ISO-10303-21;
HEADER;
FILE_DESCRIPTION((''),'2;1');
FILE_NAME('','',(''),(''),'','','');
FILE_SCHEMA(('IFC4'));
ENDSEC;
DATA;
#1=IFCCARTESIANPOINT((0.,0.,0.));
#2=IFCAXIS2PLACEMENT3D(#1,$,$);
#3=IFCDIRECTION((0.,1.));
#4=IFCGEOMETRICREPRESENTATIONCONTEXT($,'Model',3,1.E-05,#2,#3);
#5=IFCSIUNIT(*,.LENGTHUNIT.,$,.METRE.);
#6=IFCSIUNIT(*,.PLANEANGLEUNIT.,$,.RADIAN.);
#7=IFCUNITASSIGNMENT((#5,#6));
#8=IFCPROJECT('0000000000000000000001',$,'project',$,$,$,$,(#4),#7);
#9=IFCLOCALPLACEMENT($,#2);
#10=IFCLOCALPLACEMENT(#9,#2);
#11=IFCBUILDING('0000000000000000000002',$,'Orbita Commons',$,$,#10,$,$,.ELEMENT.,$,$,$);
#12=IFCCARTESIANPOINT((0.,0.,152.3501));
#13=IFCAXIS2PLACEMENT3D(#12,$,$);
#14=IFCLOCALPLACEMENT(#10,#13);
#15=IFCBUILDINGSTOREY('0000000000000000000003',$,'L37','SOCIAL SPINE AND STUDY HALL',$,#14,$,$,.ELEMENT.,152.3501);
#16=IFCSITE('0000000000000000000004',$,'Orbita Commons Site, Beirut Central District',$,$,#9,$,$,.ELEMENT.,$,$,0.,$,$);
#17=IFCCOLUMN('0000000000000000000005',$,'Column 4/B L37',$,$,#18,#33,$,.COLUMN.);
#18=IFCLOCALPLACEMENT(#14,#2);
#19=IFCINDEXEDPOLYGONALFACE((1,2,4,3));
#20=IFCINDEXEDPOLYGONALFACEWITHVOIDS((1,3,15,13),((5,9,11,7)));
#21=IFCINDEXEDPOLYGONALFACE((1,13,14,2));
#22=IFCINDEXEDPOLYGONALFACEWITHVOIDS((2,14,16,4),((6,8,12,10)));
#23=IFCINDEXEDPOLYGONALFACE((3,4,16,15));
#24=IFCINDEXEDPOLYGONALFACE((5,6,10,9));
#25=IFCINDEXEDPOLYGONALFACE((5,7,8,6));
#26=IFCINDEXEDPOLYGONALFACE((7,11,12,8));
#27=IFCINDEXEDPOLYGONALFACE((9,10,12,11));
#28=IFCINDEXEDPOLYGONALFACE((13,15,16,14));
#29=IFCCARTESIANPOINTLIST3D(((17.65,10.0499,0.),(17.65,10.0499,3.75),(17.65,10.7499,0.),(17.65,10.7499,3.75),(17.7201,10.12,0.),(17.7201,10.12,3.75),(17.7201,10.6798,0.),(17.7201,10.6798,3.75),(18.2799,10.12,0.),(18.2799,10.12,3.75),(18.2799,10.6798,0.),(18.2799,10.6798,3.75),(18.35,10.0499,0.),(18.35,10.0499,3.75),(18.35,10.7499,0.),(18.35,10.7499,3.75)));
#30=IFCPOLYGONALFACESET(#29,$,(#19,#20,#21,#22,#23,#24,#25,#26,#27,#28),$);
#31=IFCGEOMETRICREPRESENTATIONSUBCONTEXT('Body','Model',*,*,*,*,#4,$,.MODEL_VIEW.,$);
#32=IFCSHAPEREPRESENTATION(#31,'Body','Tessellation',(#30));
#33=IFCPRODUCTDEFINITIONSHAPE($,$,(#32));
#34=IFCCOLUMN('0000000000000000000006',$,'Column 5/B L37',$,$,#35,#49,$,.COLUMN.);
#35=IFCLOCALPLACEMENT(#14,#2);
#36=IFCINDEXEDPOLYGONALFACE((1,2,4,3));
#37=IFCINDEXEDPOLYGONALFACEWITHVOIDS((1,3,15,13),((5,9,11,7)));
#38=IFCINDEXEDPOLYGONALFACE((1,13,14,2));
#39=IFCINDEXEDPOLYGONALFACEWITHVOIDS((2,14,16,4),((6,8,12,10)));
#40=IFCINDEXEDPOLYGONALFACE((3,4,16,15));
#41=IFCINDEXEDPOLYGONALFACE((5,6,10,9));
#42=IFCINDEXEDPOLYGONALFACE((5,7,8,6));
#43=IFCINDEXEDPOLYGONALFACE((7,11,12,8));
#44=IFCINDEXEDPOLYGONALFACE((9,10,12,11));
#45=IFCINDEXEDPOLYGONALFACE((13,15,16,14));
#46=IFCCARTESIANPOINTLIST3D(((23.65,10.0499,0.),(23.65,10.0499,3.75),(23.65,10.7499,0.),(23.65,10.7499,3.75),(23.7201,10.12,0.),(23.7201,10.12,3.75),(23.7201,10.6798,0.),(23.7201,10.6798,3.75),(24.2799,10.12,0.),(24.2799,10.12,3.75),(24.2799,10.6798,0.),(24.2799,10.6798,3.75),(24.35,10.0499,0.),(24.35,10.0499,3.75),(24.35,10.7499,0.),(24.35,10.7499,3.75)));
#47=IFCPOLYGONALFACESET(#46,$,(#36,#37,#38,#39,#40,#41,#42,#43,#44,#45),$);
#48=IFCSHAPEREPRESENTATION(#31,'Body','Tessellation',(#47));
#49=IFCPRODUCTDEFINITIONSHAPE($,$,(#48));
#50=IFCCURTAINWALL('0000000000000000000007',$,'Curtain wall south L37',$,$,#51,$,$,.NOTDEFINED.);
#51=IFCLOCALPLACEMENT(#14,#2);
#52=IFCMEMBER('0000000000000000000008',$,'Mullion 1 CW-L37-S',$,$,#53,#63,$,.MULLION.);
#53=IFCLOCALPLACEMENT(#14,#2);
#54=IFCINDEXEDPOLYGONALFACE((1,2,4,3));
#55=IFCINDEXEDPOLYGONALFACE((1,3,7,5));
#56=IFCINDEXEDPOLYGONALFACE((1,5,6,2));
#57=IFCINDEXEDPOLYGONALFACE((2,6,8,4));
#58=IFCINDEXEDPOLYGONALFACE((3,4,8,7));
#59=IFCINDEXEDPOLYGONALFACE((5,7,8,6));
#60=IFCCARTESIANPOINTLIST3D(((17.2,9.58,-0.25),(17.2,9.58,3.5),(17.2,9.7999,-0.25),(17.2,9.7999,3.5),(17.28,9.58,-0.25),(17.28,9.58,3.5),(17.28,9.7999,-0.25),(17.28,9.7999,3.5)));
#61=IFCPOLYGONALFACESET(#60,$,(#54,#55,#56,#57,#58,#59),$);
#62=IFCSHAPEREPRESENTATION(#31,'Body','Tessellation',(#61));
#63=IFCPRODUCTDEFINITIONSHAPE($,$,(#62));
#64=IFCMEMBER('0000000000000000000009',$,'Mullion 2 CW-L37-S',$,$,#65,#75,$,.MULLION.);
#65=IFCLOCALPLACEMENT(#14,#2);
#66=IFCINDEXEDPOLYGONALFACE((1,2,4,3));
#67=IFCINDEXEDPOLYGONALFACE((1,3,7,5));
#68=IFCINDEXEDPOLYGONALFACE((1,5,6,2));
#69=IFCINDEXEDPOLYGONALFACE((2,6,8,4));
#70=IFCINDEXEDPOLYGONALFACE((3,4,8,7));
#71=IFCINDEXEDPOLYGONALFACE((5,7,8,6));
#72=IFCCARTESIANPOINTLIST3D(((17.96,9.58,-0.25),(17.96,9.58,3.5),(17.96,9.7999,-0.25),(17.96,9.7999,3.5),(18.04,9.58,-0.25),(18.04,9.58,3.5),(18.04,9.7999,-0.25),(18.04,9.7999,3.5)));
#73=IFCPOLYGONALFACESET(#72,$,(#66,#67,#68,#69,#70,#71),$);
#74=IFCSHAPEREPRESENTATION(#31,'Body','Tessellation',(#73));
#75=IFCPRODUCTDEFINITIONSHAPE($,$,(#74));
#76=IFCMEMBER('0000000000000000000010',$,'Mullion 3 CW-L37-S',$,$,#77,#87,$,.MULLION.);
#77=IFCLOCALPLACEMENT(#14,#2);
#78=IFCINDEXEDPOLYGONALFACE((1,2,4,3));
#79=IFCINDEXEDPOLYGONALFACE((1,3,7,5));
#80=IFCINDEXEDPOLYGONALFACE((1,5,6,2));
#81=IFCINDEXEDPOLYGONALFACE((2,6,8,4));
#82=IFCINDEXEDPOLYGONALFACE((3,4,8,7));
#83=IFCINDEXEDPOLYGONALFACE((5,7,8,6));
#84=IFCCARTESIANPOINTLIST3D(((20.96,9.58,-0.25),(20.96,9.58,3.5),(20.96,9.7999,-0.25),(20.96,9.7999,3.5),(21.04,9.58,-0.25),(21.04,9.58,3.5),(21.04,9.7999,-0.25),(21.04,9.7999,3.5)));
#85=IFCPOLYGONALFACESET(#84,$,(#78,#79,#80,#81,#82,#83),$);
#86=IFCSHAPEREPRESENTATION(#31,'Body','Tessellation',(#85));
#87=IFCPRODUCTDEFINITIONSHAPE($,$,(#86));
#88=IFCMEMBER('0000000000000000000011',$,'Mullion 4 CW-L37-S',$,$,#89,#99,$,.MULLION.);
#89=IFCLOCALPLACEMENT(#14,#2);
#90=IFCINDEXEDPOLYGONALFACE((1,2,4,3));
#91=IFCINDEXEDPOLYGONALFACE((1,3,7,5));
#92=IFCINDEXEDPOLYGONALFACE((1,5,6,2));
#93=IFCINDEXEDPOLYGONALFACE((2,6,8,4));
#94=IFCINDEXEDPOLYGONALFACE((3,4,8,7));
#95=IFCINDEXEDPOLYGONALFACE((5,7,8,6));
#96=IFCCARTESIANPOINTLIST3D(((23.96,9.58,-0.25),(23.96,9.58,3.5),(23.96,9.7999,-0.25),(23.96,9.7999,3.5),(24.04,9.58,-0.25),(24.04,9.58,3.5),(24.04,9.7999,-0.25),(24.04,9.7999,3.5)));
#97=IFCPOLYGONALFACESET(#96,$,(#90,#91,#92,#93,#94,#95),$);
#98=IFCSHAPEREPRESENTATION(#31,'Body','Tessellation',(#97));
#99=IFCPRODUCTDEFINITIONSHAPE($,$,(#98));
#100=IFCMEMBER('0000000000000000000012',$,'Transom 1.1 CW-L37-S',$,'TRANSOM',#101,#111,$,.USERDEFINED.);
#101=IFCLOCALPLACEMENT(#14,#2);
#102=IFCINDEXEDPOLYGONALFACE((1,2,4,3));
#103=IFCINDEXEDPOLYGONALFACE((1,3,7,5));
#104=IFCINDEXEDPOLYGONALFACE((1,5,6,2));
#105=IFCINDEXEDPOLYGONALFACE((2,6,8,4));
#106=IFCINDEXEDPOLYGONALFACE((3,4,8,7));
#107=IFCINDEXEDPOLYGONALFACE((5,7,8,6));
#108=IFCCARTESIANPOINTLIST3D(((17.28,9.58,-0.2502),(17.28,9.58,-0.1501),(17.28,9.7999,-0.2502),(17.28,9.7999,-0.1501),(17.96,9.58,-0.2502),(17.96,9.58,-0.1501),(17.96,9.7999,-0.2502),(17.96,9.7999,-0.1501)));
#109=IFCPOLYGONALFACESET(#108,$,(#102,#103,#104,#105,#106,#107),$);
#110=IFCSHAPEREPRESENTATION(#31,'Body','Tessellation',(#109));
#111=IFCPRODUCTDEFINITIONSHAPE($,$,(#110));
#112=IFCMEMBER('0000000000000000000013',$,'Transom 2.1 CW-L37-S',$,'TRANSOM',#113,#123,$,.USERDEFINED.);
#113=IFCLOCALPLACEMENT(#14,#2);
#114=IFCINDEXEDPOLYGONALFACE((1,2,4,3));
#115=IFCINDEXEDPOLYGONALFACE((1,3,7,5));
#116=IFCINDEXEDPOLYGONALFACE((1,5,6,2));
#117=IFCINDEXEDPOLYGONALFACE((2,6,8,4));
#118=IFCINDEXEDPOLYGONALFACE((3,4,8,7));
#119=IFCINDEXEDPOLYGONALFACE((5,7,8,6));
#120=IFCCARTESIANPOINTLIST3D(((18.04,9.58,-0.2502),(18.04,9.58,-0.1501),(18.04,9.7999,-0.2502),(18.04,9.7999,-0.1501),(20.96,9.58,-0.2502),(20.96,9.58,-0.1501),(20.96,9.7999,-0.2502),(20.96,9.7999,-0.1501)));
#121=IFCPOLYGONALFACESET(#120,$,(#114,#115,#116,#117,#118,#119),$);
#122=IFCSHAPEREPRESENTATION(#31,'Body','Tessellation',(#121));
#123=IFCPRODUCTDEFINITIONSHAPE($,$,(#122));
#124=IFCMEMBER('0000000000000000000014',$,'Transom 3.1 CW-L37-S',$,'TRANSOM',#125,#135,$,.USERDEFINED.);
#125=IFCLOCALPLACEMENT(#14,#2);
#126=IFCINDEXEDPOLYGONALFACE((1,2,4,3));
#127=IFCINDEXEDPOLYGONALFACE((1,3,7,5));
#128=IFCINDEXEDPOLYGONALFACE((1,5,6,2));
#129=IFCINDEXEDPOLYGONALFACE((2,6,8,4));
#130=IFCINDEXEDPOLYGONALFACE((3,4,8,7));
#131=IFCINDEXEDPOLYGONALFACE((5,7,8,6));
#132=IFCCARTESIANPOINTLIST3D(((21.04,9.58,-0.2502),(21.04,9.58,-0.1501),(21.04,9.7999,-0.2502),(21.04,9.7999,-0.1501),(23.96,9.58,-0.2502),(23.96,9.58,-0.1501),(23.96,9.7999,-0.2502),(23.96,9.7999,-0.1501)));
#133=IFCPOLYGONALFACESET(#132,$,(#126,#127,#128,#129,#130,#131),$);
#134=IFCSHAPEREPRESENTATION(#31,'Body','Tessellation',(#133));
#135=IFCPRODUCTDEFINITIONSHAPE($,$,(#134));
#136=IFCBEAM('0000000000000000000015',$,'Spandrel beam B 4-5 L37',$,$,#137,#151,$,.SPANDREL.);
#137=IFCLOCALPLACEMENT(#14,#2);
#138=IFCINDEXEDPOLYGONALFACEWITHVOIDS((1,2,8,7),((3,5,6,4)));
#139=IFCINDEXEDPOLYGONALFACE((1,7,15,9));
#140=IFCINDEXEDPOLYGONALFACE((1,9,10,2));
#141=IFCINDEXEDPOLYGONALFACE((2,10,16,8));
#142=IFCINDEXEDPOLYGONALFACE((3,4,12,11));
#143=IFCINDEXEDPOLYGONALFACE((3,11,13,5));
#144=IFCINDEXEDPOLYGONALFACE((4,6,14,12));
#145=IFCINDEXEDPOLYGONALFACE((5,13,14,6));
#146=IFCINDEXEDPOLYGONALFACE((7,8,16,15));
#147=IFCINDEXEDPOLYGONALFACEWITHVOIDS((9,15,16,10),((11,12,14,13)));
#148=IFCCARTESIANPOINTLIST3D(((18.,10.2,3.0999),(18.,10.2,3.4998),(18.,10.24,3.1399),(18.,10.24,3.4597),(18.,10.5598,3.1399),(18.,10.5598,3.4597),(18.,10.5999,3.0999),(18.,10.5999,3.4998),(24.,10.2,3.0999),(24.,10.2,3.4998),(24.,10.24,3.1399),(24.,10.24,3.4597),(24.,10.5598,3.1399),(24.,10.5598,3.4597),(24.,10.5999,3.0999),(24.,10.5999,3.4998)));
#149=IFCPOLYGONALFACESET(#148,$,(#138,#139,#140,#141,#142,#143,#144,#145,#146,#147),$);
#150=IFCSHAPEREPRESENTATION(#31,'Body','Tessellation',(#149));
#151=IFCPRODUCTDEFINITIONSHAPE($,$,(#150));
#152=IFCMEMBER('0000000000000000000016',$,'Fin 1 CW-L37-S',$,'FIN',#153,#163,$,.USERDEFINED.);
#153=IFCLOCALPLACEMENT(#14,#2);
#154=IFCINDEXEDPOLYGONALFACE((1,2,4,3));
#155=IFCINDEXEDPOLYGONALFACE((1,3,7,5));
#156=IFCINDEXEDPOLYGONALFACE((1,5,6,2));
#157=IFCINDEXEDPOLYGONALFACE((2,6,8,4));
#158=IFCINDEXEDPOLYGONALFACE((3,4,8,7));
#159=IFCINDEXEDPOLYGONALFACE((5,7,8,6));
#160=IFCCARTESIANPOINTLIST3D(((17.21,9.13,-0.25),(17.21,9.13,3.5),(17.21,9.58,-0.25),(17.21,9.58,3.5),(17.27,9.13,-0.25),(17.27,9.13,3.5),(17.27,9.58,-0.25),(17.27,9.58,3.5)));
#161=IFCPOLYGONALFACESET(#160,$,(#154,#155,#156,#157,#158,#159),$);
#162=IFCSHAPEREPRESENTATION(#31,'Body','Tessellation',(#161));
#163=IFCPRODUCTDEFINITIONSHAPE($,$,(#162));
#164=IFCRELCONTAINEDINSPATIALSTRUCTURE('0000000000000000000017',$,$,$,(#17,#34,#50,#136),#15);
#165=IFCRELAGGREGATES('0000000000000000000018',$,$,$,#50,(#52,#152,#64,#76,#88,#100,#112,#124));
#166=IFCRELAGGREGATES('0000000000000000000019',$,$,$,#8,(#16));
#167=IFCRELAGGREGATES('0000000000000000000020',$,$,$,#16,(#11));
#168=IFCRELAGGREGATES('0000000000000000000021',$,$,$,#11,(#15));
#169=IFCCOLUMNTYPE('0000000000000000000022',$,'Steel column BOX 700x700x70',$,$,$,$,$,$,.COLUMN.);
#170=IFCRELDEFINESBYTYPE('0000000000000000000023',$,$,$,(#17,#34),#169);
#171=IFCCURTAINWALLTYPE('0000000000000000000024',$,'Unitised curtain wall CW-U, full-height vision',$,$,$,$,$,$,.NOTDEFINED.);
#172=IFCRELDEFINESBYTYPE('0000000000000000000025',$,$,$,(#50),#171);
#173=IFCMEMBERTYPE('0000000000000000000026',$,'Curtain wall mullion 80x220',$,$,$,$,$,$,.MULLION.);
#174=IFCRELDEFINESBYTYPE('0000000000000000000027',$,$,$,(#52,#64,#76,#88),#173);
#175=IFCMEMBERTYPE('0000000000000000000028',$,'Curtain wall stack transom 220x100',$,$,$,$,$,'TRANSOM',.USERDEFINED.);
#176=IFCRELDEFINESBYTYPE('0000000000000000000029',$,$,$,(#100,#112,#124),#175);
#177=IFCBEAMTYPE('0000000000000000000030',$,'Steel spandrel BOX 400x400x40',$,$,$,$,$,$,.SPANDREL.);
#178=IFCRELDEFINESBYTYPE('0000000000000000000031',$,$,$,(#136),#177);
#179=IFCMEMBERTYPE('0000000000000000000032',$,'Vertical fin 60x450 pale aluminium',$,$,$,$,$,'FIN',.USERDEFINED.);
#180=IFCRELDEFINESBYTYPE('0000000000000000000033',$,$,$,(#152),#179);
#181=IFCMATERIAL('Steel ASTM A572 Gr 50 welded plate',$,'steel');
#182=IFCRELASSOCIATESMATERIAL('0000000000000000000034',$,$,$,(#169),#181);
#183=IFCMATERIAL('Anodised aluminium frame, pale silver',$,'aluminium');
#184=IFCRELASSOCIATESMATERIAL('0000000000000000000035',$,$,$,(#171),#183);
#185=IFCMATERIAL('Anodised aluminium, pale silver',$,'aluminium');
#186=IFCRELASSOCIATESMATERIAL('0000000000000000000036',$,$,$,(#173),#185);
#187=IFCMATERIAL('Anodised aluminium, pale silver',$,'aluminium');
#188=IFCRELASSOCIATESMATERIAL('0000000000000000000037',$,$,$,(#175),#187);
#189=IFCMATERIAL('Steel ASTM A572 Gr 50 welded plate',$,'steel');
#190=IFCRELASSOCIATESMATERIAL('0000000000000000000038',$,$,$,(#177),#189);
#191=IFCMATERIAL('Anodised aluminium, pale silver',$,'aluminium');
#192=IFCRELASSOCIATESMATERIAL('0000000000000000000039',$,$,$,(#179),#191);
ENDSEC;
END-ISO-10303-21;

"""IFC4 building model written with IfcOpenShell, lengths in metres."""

from ifc_helpers import new_model, si_unit, direction, frame, origin, origin_2d, place, context, subcontext, project, spatial, rectangle, hollow_rectangle, extrude, material, material_profile, profile_set, type_object, element, aggregate, save


model = new_model("IFC4")

# Units and contexts
model_context = context("Model", 3, precision=1e-05, world=origin(), true_north=direction((0.0, 1.0)))
body_context = subcontext(model_context, "Body", "Model", "MODEL_VIEW")
ifc_project = project(units=[si_unit("LENGTHUNIT", "METRE"), si_unit("PLANEANGLEUNIT", "RADIAN")], contexts=[model_context])

# Site, building, storey
site_placement = place(None, origin())
site = spatial("IfcSite", under=ifc_project, at=site_placement, Name="Orbita Commons Site, Beirut Central District", CompositionType="ELEMENT", RefElevation=0.0)
building_placement = place(site_placement, origin())
building = spatial("IfcBuilding", under=site, at=building_placement, Name="Orbita Commons", CompositionType="ELEMENT")
storey_placement = place(building_placement, frame((0.0, 0.0, 152.3501)))
storey = spatial("IfcBuildingStorey", under=building, at=storey_placement, Name="L37", Description="SOCIAL SPINE AND STUDY HALL", CompositionType="ELEMENT", Elevation=152.3501)

# Columns
ifc_material_1 = material(Name="Steel ASTM A572 Gr 50 welded plate", Category="steel")
ifc_material_profile_1 = material_profile(ifc_material_1, hollow_rectangle(XDim=0.7, YDim=0.7, WallThickness=0.0701, at=origin_2d()), Name="BOX 700x700x70")
ifc_profile_set_1 = profile_set([ifc_material_profile_1], Name="Steel ASTM A572 Gr 50 welded plate")
column_type = type_object("IfcColumnType", Name="Steel column BOX 700x700x70", PredefinedType="COLUMN", material=ifc_profile_set_1)
for number, where, z_axis, x_axis, name in (
    (1, (18.0, 10.3999, 0.0), (0.0, 0.0, 1.0), (1.0, 0.0, 0.0), "Column 4/B L37"),
    (2, (24.0, 10.3999, 0.0), (0.0, 0.0, 1.0), (1.0, 0.0, 0.0), "Column 5/B L37"),
):
    element("IfcColumn", number, at=place(storey_placement, frame(where, z_axis=z_axis, x_axis=x_axis)), inside=storey, type_object=column_type, Name=name, PredefinedType="COLUMN", context=body_context, shape_type="SweptSolid", body=[
        extrude(hollow_rectangle(XDim=0.7, YDim=0.7, WallThickness=0.0701, at=origin_2d()), origin(), (0.0, 0.0, 1.0), 3.75),
    ])

# Curtain wall, members
ifc_material_2 = material(Name="Anodised aluminium frame, pale silver", Category="aluminium")
curtain_wall_type = type_object("IfcCurtainWallType", Name="Unitised curtain wall CW-U, full-height vision", PredefinedType="NOTDEFINED", material=ifc_material_2)
curtain_wall_placement = place(storey_placement, origin())
curtain_wall = element("IfcCurtainWall", 3, at=curtain_wall_placement, inside=storey, type_object=curtain_wall_type, Name="Curtain wall south L37", PredefinedType="NOTDEFINED")
ifc_material_3 = material(Name="Anodised aluminium, pale silver", Category="aluminium")
ifc_material_profile_2 = material_profile(ifc_material_3, rectangle(XDim=0.0801, YDim=0.22, at=origin_2d()), Name="AL 80x220")
ifc_profile_set_2 = profile_set([ifc_material_profile_2], Name="Anodised aluminium, pale silver")
member_type_1 = type_object("IfcMemberType", Name="Curtain wall mullion 80x220", PredefinedType="MULLION", material=ifc_profile_set_2)
member_1_placement = place(storey_placement, frame((17.24, 9.6899, -0.25), z_axis=(0.0, 0.0, 1.0), x_axis=(1.0, 0.0, 0.0)))
member_1 = element("IfcMember", 4, at=member_1_placement, type_object=member_type_1, Name="Mullion 1 CW-L37-S", PredefinedType="MULLION", context=body_context, shape_type="SweptSolid", body=[
    extrude(rectangle(XDim=0.0801, YDim=0.22, at=origin_2d()), origin(), (0.0, 0.0, 1.0), 3.75),
])
member_2_placement = place(storey_placement, frame((18.0, 9.6899, -0.25), z_axis=(0.0, 0.0, 1.0), x_axis=(1.0, 0.0, 0.0)))
member_2 = element("IfcMember", 5, at=member_2_placement, type_object=member_type_1, Name="Mullion 2 CW-L37-S", PredefinedType="MULLION", context=body_context, shape_type="SweptSolid", body=[
    extrude(rectangle(XDim=0.0801, YDim=0.22, at=origin_2d()), origin(), (0.0, 0.0, 1.0), 3.75),
])
member_3_placement = place(storey_placement, frame((21.0, 9.6899, -0.25), z_axis=(0.0, 0.0, 1.0), x_axis=(1.0, 0.0, 0.0)))
member_3 = element("IfcMember", 6, at=member_3_placement, type_object=member_type_1, Name="Mullion 3 CW-L37-S", PredefinedType="MULLION", context=body_context, shape_type="SweptSolid", body=[
    extrude(rectangle(XDim=0.0801, YDim=0.22, at=origin_2d()), origin(), (0.0, 0.0, 1.0), 3.75),
])
member_4_placement = place(storey_placement, frame((24.0, 9.6899, -0.25), z_axis=(0.0, 0.0, 1.0), x_axis=(1.0, 0.0, 0.0)))
member_4 = element("IfcMember", 7, at=member_4_placement, type_object=member_type_1, Name="Mullion 4 CW-L37-S", PredefinedType="MULLION", context=body_context, shape_type="SweptSolid", body=[
    extrude(rectangle(XDim=0.0801, YDim=0.22, at=origin_2d()), origin(), (0.0, 0.0, 1.0), 3.75),
])
ifc_material_4 = material(Name="Anodised aluminium, pale silver", Category="aluminium")
ifc_material_profile_3 = material_profile(ifc_material_4, rectangle(XDim=0.22, YDim=0.1001, at=origin_2d()), Name="AL 220x100")
ifc_profile_set_3 = profile_set([ifc_material_profile_3], Name="Anodised aluminium, pale silver")
member_type_2 = type_object("IfcMemberType", Name="Curtain wall stack transom 220x100", ElementType="TRANSOM", PredefinedType="USERDEFINED", material=ifc_profile_set_3)
member_5_placement = place(storey_placement, frame((17.28, 9.6899, -0.2002), z_axis=(1.0, 0.0, 0.0), x_axis=(0.0, 1.0, 0.0)))
member_5 = element("IfcMember", 8, at=member_5_placement, type_object=member_type_2, Name="Transom 1.1 CW-L37-S", ObjectType="TRANSOM", PredefinedType="USERDEFINED", context=body_context, shape_type="SweptSolid", body=[
    extrude(rectangle(XDim=0.22, YDim=0.1001, at=origin_2d()), origin(), (0.0, 0.0, 1.0), 0.6799),
])
member_6_placement = place(storey_placement, frame((18.04, 9.6899, -0.2002), z_axis=(1.0, 0.0, 0.0), x_axis=(0.0, 1.0, 0.0)))
member_6 = element("IfcMember", 9, at=member_6_placement, type_object=member_type_2, Name="Transom 2.1 CW-L37-S", ObjectType="TRANSOM", PredefinedType="USERDEFINED", context=body_context, shape_type="SweptSolid", body=[
    extrude(rectangle(XDim=0.22, YDim=0.1001, at=origin_2d()), origin(), (0.0, 0.0, 1.0), 2.9199),
])
member_7_placement = place(storey_placement, frame((21.04, 9.6899, -0.2002), z_axis=(1.0, 0.0, 0.0), x_axis=(0.0, 1.0, 0.0)))
member_7 = element("IfcMember", 10, at=member_7_placement, type_object=member_type_2, Name="Transom 3.1 CW-L37-S", ObjectType="TRANSOM", PredefinedType="USERDEFINED", context=body_context, shape_type="SweptSolid", body=[
    extrude(rectangle(XDim=0.22, YDim=0.1001, at=origin_2d()), origin(), (0.0, 0.0, 1.0), 2.9199),
])

# Beam
ifc_material_5 = material(Name="Steel ASTM A572 Gr 50 welded plate", Category="steel")
ifc_material_profile_4 = material_profile(ifc_material_5, hollow_rectangle(XDim=0.3999, YDim=0.3999, WallThickness=0.04, at=origin_2d()), Name="BOX 400x400x40")
ifc_profile_set_4 = profile_set([ifc_material_profile_4], Name="Steel ASTM A572 Gr 50 welded plate")
beam_type = type_object("IfcBeamType", Name="Steel spandrel BOX 400x400x40", PredefinedType="SPANDREL", material=ifc_profile_set_4)
beam_placement = place(storey_placement, frame((18.0, 10.3999, 3.2998), z_axis=(1.0, 0.0, 0.0), x_axis=(0.0, 1.0, 0.0)))
element("IfcBeam", 11, at=beam_placement, inside=storey, type_object=beam_type, Name="Spandrel beam B 4-5 L37", PredefinedType="SPANDREL", context=body_context, shape_type="SweptSolid", body=[
    extrude(hollow_rectangle(XDim=0.3999, YDim=0.3999, WallThickness=0.04, at=origin_2d()), origin(), (0.0, 0.0, 1.0), 6.0),
])

# Member
ifc_material_6 = material(Name="Anodised aluminium, pale silver", Category="aluminium")
ifc_material_profile_5 = material_profile(ifc_material_6, rectangle(XDim=0.0601, YDim=0.45, at=origin_2d()), Name="FIN 60x450")
ifc_profile_set_5 = profile_set([ifc_material_profile_5], Name="Anodised aluminium, pale silver")
member_type_3 = type_object("IfcMemberType", Name="Vertical fin 60x450 pale aluminium", ElementType="FIN", PredefinedType="USERDEFINED", material=ifc_profile_set_5)
member_8_placement = place(storey_placement, frame((17.24, 9.355, -0.25), z_axis=(0.0, 0.0, 1.0), x_axis=(1.0, 0.0, 0.0)))
member_8 = element("IfcMember", 12, at=member_8_placement, type_object=member_type_3, Name="Fin 1 CW-L37-S", ObjectType="FIN", PredefinedType="USERDEFINED", context=body_context, shape_type="SweptSolid", body=[
    extrude(rectangle(XDim=0.0601, YDim=0.45, at=origin_2d()), origin(), (0.0, 0.0, 1.0), 3.75),
])

aggregate(curtain_wall, [member_1, member_8, member_2, member_3, member_4, member_5, member_6, member_7])

save(model, "model.ifc")
